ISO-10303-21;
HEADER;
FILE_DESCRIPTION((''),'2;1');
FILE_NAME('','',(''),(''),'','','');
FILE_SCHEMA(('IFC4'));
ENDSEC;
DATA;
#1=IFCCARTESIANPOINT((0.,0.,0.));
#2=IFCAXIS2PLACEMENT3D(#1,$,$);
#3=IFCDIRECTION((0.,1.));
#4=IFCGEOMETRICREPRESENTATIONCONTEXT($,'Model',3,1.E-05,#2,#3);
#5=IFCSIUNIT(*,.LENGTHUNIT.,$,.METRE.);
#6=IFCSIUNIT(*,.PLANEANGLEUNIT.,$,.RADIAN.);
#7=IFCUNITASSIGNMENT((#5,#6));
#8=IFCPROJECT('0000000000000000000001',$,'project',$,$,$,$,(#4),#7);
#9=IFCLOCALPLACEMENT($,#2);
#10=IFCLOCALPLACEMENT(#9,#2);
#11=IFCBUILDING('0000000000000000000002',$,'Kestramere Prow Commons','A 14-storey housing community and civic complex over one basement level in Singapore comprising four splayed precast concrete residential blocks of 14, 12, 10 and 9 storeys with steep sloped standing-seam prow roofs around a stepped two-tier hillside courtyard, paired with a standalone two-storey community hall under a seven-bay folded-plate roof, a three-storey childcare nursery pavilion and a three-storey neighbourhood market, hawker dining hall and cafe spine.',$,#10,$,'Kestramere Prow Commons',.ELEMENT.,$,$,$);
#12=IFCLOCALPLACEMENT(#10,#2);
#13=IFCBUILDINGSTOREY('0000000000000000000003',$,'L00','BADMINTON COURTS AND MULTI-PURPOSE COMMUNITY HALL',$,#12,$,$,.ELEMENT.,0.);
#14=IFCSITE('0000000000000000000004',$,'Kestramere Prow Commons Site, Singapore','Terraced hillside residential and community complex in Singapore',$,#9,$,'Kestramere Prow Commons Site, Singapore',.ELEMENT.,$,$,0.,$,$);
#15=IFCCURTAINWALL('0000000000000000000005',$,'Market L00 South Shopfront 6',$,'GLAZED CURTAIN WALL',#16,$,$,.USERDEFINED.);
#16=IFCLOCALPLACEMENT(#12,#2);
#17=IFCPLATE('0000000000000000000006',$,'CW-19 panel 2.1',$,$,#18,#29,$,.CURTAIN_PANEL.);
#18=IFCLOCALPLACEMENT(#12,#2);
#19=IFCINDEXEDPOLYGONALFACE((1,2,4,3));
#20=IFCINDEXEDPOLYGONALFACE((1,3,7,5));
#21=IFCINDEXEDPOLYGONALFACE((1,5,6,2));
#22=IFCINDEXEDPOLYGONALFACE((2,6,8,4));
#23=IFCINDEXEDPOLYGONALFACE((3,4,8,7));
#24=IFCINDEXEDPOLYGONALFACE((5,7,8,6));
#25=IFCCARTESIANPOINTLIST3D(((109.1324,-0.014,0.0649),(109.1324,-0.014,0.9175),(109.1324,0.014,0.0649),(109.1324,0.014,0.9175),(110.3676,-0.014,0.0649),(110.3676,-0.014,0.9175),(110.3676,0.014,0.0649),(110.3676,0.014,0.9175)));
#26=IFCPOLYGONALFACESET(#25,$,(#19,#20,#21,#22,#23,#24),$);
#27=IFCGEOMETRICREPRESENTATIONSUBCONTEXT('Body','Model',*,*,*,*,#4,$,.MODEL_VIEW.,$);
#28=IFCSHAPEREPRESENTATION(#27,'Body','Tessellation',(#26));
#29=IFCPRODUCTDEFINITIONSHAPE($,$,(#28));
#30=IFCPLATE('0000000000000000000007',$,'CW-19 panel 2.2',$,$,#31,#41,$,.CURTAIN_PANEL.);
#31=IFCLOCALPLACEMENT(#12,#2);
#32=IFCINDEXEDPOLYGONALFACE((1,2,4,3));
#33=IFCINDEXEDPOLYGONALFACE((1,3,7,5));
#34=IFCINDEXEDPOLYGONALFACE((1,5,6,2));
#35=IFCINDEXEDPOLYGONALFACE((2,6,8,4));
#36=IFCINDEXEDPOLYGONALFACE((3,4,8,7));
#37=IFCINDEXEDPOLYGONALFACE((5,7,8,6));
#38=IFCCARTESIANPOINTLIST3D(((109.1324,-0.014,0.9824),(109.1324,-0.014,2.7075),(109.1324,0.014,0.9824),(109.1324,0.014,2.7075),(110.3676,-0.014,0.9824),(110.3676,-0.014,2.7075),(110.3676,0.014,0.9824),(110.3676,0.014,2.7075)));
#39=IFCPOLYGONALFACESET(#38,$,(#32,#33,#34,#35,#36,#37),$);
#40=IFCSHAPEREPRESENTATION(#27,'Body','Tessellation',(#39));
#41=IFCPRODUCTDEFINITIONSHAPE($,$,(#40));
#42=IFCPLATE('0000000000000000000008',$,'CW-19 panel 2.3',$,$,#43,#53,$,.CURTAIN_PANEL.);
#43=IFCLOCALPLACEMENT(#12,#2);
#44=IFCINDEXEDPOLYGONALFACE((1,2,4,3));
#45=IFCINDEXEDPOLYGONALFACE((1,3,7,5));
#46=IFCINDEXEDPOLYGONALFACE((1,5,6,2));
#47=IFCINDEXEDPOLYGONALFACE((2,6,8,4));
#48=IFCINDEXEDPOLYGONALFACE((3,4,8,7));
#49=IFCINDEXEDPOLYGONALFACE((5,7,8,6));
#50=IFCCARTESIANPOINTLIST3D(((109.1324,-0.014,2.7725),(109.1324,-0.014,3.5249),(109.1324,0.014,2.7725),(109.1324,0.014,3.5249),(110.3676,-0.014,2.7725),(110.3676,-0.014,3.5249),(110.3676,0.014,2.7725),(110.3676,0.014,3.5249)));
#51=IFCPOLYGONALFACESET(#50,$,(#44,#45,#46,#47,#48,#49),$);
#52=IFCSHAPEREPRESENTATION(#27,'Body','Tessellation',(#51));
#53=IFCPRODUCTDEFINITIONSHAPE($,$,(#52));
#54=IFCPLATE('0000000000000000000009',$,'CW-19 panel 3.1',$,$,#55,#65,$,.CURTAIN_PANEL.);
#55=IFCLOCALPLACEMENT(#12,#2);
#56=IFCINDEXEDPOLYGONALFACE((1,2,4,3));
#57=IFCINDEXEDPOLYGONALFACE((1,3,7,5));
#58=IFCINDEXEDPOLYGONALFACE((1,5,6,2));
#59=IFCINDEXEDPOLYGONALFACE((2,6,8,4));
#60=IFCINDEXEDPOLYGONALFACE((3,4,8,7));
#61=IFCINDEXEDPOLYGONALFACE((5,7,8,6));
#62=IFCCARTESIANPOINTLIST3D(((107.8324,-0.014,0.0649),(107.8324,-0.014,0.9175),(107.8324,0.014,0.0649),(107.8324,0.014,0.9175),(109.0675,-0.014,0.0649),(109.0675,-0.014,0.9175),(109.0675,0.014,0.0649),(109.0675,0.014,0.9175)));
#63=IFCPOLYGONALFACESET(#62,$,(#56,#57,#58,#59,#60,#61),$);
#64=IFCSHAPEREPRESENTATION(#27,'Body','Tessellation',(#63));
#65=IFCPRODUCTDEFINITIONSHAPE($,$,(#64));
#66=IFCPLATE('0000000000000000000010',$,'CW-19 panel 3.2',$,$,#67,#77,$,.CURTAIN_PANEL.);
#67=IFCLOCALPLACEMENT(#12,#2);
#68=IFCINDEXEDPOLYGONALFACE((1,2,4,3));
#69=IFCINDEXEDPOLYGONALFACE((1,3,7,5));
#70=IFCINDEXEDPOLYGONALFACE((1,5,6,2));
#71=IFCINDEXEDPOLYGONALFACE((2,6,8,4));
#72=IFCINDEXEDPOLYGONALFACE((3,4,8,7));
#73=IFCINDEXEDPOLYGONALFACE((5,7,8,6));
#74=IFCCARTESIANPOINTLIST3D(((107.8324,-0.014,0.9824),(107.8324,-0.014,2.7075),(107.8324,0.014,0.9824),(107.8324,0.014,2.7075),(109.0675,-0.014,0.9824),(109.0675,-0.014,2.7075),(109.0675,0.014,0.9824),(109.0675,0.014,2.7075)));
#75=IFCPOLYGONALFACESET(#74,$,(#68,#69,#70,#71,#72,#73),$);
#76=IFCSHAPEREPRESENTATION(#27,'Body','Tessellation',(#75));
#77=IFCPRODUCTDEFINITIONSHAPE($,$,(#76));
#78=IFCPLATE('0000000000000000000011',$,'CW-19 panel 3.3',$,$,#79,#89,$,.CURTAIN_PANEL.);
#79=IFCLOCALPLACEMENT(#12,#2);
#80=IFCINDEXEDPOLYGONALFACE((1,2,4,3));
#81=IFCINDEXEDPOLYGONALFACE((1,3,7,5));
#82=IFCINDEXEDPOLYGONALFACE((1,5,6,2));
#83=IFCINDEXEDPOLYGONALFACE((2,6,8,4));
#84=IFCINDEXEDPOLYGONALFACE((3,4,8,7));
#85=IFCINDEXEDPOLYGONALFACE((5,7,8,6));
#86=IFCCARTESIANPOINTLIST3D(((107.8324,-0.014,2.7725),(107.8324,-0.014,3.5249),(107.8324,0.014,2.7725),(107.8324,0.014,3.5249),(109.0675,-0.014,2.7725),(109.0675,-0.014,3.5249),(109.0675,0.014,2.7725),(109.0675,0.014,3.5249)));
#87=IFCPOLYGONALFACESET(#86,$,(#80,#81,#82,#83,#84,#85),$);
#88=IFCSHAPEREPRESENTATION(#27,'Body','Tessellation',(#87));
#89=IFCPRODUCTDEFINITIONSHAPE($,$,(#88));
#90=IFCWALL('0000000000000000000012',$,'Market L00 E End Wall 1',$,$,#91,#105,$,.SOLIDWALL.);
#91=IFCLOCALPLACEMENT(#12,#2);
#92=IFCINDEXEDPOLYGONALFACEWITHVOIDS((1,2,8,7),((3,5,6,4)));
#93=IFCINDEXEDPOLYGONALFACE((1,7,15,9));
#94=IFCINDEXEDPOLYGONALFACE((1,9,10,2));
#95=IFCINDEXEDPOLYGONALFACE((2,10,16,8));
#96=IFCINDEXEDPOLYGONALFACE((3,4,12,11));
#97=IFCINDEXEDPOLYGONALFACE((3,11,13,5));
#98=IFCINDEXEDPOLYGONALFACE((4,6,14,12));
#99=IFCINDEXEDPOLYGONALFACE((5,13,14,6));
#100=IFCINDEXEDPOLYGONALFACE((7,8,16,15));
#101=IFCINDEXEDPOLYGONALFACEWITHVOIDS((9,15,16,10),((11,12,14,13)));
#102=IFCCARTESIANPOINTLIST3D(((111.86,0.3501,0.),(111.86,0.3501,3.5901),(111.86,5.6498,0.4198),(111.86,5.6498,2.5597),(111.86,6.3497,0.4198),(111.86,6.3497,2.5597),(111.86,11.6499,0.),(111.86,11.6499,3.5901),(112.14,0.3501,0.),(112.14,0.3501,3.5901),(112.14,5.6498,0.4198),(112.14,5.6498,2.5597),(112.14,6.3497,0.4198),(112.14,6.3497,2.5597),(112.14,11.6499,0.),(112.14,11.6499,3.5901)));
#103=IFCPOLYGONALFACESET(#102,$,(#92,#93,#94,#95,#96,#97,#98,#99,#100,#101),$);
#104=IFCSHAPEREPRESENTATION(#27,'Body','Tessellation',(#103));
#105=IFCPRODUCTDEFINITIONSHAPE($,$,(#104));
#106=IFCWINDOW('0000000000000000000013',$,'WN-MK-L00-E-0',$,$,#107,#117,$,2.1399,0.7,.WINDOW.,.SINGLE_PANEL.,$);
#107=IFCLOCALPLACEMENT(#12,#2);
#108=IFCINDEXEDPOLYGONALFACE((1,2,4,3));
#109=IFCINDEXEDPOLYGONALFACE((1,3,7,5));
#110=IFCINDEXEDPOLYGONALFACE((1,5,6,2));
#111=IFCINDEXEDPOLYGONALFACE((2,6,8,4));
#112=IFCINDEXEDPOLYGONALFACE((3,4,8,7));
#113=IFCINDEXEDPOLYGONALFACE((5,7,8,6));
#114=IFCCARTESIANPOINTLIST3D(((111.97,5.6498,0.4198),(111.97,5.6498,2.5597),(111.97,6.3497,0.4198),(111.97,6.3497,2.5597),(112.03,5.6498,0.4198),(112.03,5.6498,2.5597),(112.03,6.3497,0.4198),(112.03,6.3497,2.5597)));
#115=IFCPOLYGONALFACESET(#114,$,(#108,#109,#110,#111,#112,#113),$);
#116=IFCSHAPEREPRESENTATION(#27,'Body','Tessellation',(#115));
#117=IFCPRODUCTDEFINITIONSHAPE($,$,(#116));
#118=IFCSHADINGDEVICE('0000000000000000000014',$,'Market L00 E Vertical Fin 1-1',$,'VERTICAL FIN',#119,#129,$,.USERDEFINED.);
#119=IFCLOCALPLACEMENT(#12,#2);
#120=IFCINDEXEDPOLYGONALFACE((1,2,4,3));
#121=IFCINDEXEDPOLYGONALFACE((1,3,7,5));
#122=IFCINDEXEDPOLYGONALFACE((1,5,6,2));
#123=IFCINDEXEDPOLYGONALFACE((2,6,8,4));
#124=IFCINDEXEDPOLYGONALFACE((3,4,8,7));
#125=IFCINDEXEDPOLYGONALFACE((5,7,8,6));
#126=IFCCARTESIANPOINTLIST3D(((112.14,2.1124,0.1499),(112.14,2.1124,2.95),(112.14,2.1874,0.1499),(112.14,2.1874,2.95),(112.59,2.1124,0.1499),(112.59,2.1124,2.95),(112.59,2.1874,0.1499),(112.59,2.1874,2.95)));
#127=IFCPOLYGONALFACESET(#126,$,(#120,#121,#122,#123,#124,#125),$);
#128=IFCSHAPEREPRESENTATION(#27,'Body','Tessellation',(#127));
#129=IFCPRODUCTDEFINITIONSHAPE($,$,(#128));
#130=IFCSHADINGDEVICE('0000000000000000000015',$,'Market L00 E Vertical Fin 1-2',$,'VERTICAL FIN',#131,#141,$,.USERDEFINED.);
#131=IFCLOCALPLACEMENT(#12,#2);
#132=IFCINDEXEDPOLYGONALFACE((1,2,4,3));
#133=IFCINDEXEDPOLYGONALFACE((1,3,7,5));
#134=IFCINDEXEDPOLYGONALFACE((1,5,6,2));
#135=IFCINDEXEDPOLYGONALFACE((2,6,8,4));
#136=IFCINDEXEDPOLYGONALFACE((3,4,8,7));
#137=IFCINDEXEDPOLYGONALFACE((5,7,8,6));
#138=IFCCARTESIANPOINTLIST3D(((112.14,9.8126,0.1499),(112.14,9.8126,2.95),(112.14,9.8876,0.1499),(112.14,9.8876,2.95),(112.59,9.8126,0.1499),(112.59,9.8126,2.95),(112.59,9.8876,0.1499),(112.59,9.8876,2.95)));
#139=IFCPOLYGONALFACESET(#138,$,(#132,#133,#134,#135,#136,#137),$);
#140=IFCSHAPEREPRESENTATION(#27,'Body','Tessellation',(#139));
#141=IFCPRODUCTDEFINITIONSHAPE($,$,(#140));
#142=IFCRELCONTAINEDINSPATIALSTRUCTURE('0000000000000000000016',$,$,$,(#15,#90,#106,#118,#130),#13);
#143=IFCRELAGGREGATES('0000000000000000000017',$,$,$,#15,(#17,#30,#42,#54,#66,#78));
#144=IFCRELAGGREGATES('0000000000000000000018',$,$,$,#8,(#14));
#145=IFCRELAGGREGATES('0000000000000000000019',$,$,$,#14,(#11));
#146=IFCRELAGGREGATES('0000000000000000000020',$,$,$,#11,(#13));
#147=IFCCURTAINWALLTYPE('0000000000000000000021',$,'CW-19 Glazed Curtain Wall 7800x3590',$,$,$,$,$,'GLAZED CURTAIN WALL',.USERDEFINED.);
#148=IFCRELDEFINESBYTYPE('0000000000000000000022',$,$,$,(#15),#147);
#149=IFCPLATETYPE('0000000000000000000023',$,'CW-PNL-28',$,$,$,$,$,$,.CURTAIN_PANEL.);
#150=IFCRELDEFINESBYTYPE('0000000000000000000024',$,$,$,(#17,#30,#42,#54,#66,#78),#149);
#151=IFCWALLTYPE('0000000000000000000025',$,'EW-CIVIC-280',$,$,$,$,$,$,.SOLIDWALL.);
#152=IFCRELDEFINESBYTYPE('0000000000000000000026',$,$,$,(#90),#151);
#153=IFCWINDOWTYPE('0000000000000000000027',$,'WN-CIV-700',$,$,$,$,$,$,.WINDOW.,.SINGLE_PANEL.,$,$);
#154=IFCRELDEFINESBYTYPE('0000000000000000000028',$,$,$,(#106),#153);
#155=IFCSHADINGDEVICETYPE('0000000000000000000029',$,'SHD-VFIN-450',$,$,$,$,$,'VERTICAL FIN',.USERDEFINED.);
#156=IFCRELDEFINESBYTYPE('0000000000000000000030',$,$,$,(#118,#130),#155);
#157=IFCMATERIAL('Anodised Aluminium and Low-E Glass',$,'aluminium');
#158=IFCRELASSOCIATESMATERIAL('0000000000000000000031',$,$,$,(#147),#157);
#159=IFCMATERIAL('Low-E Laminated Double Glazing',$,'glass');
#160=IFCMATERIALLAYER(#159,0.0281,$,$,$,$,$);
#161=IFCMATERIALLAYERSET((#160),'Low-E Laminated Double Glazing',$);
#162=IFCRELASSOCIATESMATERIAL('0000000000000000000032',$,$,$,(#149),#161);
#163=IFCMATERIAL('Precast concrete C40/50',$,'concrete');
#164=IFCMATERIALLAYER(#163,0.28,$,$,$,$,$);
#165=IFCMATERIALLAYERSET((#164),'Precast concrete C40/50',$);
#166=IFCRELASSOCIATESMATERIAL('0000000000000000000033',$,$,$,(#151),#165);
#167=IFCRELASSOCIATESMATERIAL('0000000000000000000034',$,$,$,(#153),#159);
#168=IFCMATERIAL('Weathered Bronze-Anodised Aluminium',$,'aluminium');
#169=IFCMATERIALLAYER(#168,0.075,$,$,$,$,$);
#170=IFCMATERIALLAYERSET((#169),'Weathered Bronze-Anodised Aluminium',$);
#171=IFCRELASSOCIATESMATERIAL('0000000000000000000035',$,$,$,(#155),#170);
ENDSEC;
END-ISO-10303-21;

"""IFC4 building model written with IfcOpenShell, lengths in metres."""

from ifc_helpers import new_model, si_unit, direction, frame, frame_2d, origin, origin_2d, place, context, subcontext, project, spatial, rectangle, extrude, material, layer, layer_set, type_object, element, fill, aggregate, save


model = new_model("IFC4")

# Units and contexts
model_context = context("Model", 3, precision=1e-05, world=origin(), true_north=direction((0.0, 1.0)))
body_context = subcontext(model_context, "Body", "Model", "MODEL_VIEW")
ifc_project = project(units=[si_unit("LENGTHUNIT", "METRE"), si_unit("PLANEANGLEUNIT", "RADIAN")], contexts=[model_context])

# Site, building, storey
site_placement = place(None, origin())
site = spatial("IfcSite", under=ifc_project, at=site_placement, Name="Kestramere Prow Commons Site, Singapore", Description="Terraced hillside residential and community complex in Singapore", LongName="Kestramere Prow Commons Site, Singapore", CompositionType="ELEMENT", RefElevation=0.0)
building_placement = place(site_placement, origin())
building = spatial("IfcBuilding", under=site, at=building_placement, Name="Kestramere Prow Commons", Description="A 14-storey housing community and civic complex over one basement level in Singapore comprising four splayed precast concrete residential blocks of 14, 12, 10 and 9 storeys with steep sloped standing-seam prow roofs around a stepped two-tier hillside courtyard, paired with a standalone two-storey community hall under a seven-bay folded-plate roof, a three-storey childcare nursery pavilion and a three-storey neighbourhood market, hawker dining hall and cafe spine.", LongName="Kestramere Prow Commons", CompositionType="ELEMENT")
storey_placement = place(building_placement, origin())
storey = spatial("IfcBuildingStorey", under=building, at=storey_placement, Name="L00", Description="BADMINTON COURTS AND MULTI-PURPOSE COMMUNITY HALL", CompositionType="ELEMENT", Elevation=0.0)

# Shared definitions
ifc_material_1 = material(Name="Precast concrete C40/50", Category="concrete")

# Curtain wall, plates
ifc_material_2 = material(Name="Anodised Aluminium and Low-E Glass", Category="aluminium")
curtain_wall_type = type_object("IfcCurtainWallType", Name="CW-19 Glazed Curtain Wall 7800x3590", ElementType="GLAZED CURTAIN WALL", PredefinedType="USERDEFINED", material=ifc_material_2)
curtain_wall_placement = place(storey_placement, origin())
curtain_wall = element("IfcCurtainWall", 1, at=curtain_wall_placement, inside=storey, type_object=curtain_wall_type, Name="Market L00 South Shopfront 6", ObjectType="GLAZED CURTAIN WALL", PredefinedType="USERDEFINED")
ifc_material_3 = material(Name="Low-E Laminated Double Glazing", Category="glass")
ifc_layer_1 = layer(ifc_material_3, 0.0281)
ifc_layer_set_1 = layer_set([ifc_layer_1], Name="Low-E Laminated Double Glazing")
plate_type = type_object("IfcPlateType", Name="CW-PNL-28", PredefinedType="CURTAIN_PANEL", material=ifc_layer_set_1)
plate_1_placement = place(storey_placement, frame((109.75, 0.0, 0.0649), z_axis=(0.0, 0.0, 1.0), x_axis=(-1.0, 0.0, 0.0)))
plate_1 = element("IfcPlate", 2, at=plate_1_placement, type_object=plate_type, Name="CW-19 panel 2.1", PredefinedType="CURTAIN_PANEL", context=body_context, shape_type="SweptSolid", body=[
    extrude(rectangle(XDim=1.2351, YDim=0.0281, at=origin_2d()), origin(), (0.0, 0.0, 1.0), 0.8525),
])
plate_2_placement = place(storey_placement, frame((109.75, 0.0, 0.9824), z_axis=(0.0, 0.0, 1.0), x_axis=(-1.0, 0.0, 0.0)))
plate_2 = element("IfcPlate", 3, at=plate_2_placement, type_object=plate_type, Name="CW-19 panel 2.2", PredefinedType="CURTAIN_PANEL", context=body_context, shape_type="SweptSolid", body=[
    extrude(rectangle(XDim=1.2351, YDim=0.0281, at=origin_2d()), origin(), (0.0, 0.0, 1.0), 1.7251),
])
plate_3_placement = place(storey_placement, frame((109.75, 0.0, 2.7725), z_axis=(0.0, 0.0, 1.0), x_axis=(-1.0, 0.0, 0.0)))
plate_3 = element("IfcPlate", 4, at=plate_3_placement, type_object=plate_type, Name="CW-19 panel 2.3", PredefinedType="CURTAIN_PANEL", context=body_context, shape_type="SweptSolid", body=[
    extrude(rectangle(XDim=1.2351, YDim=0.0281, at=origin_2d()), origin(), (0.0, 0.0, 1.0), 0.7524),
])
plate_4_placement = place(storey_placement, frame((108.45, 0.0, 0.0649), z_axis=(0.0, 0.0, 1.0), x_axis=(-1.0, 0.0, 0.0)))
plate_4 = element("IfcPlate", 5, at=plate_4_placement, type_object=plate_type, Name="CW-19 panel 3.1", PredefinedType="CURTAIN_PANEL", context=body_context, shape_type="SweptSolid", body=[
    extrude(rectangle(XDim=1.2351, YDim=0.0281, at=origin_2d()), origin(), (0.0, 0.0, 1.0), 0.8525),
])
plate_5_placement = place(storey_placement, frame((108.45, 0.0, 0.9824), z_axis=(0.0, 0.0, 1.0), x_axis=(-1.0, 0.0, 0.0)))
plate_5 = element("IfcPlate", 6, at=plate_5_placement, type_object=plate_type, Name="CW-19 panel 3.2", PredefinedType="CURTAIN_PANEL", context=body_context, shape_type="SweptSolid", body=[
    extrude(rectangle(XDim=1.2351, YDim=0.0281, at=origin_2d()), origin(), (0.0, 0.0, 1.0), 1.7251),
])
plate_6_placement = place(storey_placement, frame((108.45, 0.0, 2.7725), z_axis=(0.0, 0.0, 1.0), x_axis=(-1.0, 0.0, 0.0)))
plate_6 = element("IfcPlate", 7, at=plate_6_placement, type_object=plate_type, Name="CW-19 panel 3.3", PredefinedType="CURTAIN_PANEL", context=body_context, shape_type="SweptSolid", body=[
    extrude(rectangle(XDim=1.2351, YDim=0.0281, at=origin_2d()), origin(), (0.0, 0.0, 1.0), 0.7524),
])
aggregate(curtain_wall, [plate_1, plate_2, plate_3, plate_4, plate_5, plate_6])

# Wall, opening, window
ifc_layer_2 = layer(ifc_material_1, 0.28)
ifc_layer_set_2 = layer_set([ifc_layer_2], Name="Precast concrete C40/50")
wall_type = type_object("IfcWallType", Name="EW-CIVIC-280", PredefinedType="SOLIDWALL", material=ifc_layer_set_2)
wall_placement = place(storey_placement, frame((112.0, 11.6499, 0.0), z_axis=(0.0, 0.0, 1.0), x_axis=(0.0, -1.0, 0.0)))
wall = element("IfcWall", 8, at=wall_placement, inside=storey, type_object=wall_type, Name="Market L00 E End Wall 1", PredefinedType="SOLIDWALL", context=body_context, shape_type="SweptSolid", body=[
    extrude(rectangle(XDim=11.2998, YDim=0.28, at=frame_2d((5.6499, 0.0))), origin(), (0.0, 0.0, 1.0), 3.5901),
])
opening_placement = place(wall_placement, frame((5.3, 0.0, 0.4199)))
opening = element("IfcOpeningElement", 9, at=opening_placement, cuts=wall, PredefinedType="OPENING", context=body_context, shape_type="SweptSolid", body=[
    extrude(rectangle(XDim=0.7, YDim=2.1399, at=frame_2d((0.3501, 1.0698))), frame((0.0, 0.155, 0.0), z_axis=(0.0, -1.0, 0.0), x_axis=(1.0, 0.0, 0.0)), (0.0, 0.0, 1.0), 0.3101),
])
window_type = type_object("IfcWindowType", Name="WN-CIV-700", PartitioningType="SINGLE_PANEL", PredefinedType="WINDOW", material=ifc_material_3)
window_placement = place(opening_placement, origin())
window = element("IfcWindow", 10, at=window_placement, inside=storey, type_object=window_type, Name="WN-MK-L00-E-0", OverallHeight=2.1399, OverallWidth=0.7, PartitioningType="SINGLE_PANEL", PredefinedType="WINDOW", context=body_context, shape_type="SweptSolid", body=[
    extrude(rectangle(XDim=0.7, YDim=2.1399, at=frame_2d((0.3501, 1.0698))), frame((0.0, 0.03, 0.0), z_axis=(0.0, -1.0, 0.0), x_axis=(1.0, 0.0, 0.0)), (0.0, 0.0, 1.0), 0.0601),
])
fill(opening, window)

# Shading devices
ifc_material_4 = material(Name="Weathered Bronze-Anodised Aluminium", Category="aluminium")
ifc_layer_3 = layer(ifc_material_4, 0.075)
ifc_layer_set_3 = layer_set([ifc_layer_3], Name="Weathered Bronze-Anodised Aluminium")
shading_device_type = type_object("IfcShadingDeviceType", Name="SHD-VFIN-450", ElementType="VERTICAL FIN", PredefinedType="USERDEFINED", material=ifc_layer_set_3)
for number, where, z_axis, x_axis, name in (
    (11, (112.365, 2.1499, 0.1499), (0.0, 0.0, 1.0), (1.0, 0.0, 0.0), "Market L00 E Vertical Fin 1-1"),
    (12, (112.365, 9.8501, 0.1499), (0.0, 0.0, 1.0), (1.0, 0.0, 0.0), "Market L00 E Vertical Fin 1-2"),
):
    element("IfcShadingDevice", number, at=place(storey_placement, frame(where, z_axis=z_axis, x_axis=x_axis)), inside=storey, type_object=shading_device_type, Name=name, ObjectType="VERTICAL FIN", PredefinedType="USERDEFINED", context=body_context, shape_type="SweptSolid", body=[
        extrude(rectangle(XDim=0.45, YDim=0.075, at=origin_2d()), origin(), (0.0, 0.0, 1.0), 2.8),
    ])

save(model, "model.ifc")
